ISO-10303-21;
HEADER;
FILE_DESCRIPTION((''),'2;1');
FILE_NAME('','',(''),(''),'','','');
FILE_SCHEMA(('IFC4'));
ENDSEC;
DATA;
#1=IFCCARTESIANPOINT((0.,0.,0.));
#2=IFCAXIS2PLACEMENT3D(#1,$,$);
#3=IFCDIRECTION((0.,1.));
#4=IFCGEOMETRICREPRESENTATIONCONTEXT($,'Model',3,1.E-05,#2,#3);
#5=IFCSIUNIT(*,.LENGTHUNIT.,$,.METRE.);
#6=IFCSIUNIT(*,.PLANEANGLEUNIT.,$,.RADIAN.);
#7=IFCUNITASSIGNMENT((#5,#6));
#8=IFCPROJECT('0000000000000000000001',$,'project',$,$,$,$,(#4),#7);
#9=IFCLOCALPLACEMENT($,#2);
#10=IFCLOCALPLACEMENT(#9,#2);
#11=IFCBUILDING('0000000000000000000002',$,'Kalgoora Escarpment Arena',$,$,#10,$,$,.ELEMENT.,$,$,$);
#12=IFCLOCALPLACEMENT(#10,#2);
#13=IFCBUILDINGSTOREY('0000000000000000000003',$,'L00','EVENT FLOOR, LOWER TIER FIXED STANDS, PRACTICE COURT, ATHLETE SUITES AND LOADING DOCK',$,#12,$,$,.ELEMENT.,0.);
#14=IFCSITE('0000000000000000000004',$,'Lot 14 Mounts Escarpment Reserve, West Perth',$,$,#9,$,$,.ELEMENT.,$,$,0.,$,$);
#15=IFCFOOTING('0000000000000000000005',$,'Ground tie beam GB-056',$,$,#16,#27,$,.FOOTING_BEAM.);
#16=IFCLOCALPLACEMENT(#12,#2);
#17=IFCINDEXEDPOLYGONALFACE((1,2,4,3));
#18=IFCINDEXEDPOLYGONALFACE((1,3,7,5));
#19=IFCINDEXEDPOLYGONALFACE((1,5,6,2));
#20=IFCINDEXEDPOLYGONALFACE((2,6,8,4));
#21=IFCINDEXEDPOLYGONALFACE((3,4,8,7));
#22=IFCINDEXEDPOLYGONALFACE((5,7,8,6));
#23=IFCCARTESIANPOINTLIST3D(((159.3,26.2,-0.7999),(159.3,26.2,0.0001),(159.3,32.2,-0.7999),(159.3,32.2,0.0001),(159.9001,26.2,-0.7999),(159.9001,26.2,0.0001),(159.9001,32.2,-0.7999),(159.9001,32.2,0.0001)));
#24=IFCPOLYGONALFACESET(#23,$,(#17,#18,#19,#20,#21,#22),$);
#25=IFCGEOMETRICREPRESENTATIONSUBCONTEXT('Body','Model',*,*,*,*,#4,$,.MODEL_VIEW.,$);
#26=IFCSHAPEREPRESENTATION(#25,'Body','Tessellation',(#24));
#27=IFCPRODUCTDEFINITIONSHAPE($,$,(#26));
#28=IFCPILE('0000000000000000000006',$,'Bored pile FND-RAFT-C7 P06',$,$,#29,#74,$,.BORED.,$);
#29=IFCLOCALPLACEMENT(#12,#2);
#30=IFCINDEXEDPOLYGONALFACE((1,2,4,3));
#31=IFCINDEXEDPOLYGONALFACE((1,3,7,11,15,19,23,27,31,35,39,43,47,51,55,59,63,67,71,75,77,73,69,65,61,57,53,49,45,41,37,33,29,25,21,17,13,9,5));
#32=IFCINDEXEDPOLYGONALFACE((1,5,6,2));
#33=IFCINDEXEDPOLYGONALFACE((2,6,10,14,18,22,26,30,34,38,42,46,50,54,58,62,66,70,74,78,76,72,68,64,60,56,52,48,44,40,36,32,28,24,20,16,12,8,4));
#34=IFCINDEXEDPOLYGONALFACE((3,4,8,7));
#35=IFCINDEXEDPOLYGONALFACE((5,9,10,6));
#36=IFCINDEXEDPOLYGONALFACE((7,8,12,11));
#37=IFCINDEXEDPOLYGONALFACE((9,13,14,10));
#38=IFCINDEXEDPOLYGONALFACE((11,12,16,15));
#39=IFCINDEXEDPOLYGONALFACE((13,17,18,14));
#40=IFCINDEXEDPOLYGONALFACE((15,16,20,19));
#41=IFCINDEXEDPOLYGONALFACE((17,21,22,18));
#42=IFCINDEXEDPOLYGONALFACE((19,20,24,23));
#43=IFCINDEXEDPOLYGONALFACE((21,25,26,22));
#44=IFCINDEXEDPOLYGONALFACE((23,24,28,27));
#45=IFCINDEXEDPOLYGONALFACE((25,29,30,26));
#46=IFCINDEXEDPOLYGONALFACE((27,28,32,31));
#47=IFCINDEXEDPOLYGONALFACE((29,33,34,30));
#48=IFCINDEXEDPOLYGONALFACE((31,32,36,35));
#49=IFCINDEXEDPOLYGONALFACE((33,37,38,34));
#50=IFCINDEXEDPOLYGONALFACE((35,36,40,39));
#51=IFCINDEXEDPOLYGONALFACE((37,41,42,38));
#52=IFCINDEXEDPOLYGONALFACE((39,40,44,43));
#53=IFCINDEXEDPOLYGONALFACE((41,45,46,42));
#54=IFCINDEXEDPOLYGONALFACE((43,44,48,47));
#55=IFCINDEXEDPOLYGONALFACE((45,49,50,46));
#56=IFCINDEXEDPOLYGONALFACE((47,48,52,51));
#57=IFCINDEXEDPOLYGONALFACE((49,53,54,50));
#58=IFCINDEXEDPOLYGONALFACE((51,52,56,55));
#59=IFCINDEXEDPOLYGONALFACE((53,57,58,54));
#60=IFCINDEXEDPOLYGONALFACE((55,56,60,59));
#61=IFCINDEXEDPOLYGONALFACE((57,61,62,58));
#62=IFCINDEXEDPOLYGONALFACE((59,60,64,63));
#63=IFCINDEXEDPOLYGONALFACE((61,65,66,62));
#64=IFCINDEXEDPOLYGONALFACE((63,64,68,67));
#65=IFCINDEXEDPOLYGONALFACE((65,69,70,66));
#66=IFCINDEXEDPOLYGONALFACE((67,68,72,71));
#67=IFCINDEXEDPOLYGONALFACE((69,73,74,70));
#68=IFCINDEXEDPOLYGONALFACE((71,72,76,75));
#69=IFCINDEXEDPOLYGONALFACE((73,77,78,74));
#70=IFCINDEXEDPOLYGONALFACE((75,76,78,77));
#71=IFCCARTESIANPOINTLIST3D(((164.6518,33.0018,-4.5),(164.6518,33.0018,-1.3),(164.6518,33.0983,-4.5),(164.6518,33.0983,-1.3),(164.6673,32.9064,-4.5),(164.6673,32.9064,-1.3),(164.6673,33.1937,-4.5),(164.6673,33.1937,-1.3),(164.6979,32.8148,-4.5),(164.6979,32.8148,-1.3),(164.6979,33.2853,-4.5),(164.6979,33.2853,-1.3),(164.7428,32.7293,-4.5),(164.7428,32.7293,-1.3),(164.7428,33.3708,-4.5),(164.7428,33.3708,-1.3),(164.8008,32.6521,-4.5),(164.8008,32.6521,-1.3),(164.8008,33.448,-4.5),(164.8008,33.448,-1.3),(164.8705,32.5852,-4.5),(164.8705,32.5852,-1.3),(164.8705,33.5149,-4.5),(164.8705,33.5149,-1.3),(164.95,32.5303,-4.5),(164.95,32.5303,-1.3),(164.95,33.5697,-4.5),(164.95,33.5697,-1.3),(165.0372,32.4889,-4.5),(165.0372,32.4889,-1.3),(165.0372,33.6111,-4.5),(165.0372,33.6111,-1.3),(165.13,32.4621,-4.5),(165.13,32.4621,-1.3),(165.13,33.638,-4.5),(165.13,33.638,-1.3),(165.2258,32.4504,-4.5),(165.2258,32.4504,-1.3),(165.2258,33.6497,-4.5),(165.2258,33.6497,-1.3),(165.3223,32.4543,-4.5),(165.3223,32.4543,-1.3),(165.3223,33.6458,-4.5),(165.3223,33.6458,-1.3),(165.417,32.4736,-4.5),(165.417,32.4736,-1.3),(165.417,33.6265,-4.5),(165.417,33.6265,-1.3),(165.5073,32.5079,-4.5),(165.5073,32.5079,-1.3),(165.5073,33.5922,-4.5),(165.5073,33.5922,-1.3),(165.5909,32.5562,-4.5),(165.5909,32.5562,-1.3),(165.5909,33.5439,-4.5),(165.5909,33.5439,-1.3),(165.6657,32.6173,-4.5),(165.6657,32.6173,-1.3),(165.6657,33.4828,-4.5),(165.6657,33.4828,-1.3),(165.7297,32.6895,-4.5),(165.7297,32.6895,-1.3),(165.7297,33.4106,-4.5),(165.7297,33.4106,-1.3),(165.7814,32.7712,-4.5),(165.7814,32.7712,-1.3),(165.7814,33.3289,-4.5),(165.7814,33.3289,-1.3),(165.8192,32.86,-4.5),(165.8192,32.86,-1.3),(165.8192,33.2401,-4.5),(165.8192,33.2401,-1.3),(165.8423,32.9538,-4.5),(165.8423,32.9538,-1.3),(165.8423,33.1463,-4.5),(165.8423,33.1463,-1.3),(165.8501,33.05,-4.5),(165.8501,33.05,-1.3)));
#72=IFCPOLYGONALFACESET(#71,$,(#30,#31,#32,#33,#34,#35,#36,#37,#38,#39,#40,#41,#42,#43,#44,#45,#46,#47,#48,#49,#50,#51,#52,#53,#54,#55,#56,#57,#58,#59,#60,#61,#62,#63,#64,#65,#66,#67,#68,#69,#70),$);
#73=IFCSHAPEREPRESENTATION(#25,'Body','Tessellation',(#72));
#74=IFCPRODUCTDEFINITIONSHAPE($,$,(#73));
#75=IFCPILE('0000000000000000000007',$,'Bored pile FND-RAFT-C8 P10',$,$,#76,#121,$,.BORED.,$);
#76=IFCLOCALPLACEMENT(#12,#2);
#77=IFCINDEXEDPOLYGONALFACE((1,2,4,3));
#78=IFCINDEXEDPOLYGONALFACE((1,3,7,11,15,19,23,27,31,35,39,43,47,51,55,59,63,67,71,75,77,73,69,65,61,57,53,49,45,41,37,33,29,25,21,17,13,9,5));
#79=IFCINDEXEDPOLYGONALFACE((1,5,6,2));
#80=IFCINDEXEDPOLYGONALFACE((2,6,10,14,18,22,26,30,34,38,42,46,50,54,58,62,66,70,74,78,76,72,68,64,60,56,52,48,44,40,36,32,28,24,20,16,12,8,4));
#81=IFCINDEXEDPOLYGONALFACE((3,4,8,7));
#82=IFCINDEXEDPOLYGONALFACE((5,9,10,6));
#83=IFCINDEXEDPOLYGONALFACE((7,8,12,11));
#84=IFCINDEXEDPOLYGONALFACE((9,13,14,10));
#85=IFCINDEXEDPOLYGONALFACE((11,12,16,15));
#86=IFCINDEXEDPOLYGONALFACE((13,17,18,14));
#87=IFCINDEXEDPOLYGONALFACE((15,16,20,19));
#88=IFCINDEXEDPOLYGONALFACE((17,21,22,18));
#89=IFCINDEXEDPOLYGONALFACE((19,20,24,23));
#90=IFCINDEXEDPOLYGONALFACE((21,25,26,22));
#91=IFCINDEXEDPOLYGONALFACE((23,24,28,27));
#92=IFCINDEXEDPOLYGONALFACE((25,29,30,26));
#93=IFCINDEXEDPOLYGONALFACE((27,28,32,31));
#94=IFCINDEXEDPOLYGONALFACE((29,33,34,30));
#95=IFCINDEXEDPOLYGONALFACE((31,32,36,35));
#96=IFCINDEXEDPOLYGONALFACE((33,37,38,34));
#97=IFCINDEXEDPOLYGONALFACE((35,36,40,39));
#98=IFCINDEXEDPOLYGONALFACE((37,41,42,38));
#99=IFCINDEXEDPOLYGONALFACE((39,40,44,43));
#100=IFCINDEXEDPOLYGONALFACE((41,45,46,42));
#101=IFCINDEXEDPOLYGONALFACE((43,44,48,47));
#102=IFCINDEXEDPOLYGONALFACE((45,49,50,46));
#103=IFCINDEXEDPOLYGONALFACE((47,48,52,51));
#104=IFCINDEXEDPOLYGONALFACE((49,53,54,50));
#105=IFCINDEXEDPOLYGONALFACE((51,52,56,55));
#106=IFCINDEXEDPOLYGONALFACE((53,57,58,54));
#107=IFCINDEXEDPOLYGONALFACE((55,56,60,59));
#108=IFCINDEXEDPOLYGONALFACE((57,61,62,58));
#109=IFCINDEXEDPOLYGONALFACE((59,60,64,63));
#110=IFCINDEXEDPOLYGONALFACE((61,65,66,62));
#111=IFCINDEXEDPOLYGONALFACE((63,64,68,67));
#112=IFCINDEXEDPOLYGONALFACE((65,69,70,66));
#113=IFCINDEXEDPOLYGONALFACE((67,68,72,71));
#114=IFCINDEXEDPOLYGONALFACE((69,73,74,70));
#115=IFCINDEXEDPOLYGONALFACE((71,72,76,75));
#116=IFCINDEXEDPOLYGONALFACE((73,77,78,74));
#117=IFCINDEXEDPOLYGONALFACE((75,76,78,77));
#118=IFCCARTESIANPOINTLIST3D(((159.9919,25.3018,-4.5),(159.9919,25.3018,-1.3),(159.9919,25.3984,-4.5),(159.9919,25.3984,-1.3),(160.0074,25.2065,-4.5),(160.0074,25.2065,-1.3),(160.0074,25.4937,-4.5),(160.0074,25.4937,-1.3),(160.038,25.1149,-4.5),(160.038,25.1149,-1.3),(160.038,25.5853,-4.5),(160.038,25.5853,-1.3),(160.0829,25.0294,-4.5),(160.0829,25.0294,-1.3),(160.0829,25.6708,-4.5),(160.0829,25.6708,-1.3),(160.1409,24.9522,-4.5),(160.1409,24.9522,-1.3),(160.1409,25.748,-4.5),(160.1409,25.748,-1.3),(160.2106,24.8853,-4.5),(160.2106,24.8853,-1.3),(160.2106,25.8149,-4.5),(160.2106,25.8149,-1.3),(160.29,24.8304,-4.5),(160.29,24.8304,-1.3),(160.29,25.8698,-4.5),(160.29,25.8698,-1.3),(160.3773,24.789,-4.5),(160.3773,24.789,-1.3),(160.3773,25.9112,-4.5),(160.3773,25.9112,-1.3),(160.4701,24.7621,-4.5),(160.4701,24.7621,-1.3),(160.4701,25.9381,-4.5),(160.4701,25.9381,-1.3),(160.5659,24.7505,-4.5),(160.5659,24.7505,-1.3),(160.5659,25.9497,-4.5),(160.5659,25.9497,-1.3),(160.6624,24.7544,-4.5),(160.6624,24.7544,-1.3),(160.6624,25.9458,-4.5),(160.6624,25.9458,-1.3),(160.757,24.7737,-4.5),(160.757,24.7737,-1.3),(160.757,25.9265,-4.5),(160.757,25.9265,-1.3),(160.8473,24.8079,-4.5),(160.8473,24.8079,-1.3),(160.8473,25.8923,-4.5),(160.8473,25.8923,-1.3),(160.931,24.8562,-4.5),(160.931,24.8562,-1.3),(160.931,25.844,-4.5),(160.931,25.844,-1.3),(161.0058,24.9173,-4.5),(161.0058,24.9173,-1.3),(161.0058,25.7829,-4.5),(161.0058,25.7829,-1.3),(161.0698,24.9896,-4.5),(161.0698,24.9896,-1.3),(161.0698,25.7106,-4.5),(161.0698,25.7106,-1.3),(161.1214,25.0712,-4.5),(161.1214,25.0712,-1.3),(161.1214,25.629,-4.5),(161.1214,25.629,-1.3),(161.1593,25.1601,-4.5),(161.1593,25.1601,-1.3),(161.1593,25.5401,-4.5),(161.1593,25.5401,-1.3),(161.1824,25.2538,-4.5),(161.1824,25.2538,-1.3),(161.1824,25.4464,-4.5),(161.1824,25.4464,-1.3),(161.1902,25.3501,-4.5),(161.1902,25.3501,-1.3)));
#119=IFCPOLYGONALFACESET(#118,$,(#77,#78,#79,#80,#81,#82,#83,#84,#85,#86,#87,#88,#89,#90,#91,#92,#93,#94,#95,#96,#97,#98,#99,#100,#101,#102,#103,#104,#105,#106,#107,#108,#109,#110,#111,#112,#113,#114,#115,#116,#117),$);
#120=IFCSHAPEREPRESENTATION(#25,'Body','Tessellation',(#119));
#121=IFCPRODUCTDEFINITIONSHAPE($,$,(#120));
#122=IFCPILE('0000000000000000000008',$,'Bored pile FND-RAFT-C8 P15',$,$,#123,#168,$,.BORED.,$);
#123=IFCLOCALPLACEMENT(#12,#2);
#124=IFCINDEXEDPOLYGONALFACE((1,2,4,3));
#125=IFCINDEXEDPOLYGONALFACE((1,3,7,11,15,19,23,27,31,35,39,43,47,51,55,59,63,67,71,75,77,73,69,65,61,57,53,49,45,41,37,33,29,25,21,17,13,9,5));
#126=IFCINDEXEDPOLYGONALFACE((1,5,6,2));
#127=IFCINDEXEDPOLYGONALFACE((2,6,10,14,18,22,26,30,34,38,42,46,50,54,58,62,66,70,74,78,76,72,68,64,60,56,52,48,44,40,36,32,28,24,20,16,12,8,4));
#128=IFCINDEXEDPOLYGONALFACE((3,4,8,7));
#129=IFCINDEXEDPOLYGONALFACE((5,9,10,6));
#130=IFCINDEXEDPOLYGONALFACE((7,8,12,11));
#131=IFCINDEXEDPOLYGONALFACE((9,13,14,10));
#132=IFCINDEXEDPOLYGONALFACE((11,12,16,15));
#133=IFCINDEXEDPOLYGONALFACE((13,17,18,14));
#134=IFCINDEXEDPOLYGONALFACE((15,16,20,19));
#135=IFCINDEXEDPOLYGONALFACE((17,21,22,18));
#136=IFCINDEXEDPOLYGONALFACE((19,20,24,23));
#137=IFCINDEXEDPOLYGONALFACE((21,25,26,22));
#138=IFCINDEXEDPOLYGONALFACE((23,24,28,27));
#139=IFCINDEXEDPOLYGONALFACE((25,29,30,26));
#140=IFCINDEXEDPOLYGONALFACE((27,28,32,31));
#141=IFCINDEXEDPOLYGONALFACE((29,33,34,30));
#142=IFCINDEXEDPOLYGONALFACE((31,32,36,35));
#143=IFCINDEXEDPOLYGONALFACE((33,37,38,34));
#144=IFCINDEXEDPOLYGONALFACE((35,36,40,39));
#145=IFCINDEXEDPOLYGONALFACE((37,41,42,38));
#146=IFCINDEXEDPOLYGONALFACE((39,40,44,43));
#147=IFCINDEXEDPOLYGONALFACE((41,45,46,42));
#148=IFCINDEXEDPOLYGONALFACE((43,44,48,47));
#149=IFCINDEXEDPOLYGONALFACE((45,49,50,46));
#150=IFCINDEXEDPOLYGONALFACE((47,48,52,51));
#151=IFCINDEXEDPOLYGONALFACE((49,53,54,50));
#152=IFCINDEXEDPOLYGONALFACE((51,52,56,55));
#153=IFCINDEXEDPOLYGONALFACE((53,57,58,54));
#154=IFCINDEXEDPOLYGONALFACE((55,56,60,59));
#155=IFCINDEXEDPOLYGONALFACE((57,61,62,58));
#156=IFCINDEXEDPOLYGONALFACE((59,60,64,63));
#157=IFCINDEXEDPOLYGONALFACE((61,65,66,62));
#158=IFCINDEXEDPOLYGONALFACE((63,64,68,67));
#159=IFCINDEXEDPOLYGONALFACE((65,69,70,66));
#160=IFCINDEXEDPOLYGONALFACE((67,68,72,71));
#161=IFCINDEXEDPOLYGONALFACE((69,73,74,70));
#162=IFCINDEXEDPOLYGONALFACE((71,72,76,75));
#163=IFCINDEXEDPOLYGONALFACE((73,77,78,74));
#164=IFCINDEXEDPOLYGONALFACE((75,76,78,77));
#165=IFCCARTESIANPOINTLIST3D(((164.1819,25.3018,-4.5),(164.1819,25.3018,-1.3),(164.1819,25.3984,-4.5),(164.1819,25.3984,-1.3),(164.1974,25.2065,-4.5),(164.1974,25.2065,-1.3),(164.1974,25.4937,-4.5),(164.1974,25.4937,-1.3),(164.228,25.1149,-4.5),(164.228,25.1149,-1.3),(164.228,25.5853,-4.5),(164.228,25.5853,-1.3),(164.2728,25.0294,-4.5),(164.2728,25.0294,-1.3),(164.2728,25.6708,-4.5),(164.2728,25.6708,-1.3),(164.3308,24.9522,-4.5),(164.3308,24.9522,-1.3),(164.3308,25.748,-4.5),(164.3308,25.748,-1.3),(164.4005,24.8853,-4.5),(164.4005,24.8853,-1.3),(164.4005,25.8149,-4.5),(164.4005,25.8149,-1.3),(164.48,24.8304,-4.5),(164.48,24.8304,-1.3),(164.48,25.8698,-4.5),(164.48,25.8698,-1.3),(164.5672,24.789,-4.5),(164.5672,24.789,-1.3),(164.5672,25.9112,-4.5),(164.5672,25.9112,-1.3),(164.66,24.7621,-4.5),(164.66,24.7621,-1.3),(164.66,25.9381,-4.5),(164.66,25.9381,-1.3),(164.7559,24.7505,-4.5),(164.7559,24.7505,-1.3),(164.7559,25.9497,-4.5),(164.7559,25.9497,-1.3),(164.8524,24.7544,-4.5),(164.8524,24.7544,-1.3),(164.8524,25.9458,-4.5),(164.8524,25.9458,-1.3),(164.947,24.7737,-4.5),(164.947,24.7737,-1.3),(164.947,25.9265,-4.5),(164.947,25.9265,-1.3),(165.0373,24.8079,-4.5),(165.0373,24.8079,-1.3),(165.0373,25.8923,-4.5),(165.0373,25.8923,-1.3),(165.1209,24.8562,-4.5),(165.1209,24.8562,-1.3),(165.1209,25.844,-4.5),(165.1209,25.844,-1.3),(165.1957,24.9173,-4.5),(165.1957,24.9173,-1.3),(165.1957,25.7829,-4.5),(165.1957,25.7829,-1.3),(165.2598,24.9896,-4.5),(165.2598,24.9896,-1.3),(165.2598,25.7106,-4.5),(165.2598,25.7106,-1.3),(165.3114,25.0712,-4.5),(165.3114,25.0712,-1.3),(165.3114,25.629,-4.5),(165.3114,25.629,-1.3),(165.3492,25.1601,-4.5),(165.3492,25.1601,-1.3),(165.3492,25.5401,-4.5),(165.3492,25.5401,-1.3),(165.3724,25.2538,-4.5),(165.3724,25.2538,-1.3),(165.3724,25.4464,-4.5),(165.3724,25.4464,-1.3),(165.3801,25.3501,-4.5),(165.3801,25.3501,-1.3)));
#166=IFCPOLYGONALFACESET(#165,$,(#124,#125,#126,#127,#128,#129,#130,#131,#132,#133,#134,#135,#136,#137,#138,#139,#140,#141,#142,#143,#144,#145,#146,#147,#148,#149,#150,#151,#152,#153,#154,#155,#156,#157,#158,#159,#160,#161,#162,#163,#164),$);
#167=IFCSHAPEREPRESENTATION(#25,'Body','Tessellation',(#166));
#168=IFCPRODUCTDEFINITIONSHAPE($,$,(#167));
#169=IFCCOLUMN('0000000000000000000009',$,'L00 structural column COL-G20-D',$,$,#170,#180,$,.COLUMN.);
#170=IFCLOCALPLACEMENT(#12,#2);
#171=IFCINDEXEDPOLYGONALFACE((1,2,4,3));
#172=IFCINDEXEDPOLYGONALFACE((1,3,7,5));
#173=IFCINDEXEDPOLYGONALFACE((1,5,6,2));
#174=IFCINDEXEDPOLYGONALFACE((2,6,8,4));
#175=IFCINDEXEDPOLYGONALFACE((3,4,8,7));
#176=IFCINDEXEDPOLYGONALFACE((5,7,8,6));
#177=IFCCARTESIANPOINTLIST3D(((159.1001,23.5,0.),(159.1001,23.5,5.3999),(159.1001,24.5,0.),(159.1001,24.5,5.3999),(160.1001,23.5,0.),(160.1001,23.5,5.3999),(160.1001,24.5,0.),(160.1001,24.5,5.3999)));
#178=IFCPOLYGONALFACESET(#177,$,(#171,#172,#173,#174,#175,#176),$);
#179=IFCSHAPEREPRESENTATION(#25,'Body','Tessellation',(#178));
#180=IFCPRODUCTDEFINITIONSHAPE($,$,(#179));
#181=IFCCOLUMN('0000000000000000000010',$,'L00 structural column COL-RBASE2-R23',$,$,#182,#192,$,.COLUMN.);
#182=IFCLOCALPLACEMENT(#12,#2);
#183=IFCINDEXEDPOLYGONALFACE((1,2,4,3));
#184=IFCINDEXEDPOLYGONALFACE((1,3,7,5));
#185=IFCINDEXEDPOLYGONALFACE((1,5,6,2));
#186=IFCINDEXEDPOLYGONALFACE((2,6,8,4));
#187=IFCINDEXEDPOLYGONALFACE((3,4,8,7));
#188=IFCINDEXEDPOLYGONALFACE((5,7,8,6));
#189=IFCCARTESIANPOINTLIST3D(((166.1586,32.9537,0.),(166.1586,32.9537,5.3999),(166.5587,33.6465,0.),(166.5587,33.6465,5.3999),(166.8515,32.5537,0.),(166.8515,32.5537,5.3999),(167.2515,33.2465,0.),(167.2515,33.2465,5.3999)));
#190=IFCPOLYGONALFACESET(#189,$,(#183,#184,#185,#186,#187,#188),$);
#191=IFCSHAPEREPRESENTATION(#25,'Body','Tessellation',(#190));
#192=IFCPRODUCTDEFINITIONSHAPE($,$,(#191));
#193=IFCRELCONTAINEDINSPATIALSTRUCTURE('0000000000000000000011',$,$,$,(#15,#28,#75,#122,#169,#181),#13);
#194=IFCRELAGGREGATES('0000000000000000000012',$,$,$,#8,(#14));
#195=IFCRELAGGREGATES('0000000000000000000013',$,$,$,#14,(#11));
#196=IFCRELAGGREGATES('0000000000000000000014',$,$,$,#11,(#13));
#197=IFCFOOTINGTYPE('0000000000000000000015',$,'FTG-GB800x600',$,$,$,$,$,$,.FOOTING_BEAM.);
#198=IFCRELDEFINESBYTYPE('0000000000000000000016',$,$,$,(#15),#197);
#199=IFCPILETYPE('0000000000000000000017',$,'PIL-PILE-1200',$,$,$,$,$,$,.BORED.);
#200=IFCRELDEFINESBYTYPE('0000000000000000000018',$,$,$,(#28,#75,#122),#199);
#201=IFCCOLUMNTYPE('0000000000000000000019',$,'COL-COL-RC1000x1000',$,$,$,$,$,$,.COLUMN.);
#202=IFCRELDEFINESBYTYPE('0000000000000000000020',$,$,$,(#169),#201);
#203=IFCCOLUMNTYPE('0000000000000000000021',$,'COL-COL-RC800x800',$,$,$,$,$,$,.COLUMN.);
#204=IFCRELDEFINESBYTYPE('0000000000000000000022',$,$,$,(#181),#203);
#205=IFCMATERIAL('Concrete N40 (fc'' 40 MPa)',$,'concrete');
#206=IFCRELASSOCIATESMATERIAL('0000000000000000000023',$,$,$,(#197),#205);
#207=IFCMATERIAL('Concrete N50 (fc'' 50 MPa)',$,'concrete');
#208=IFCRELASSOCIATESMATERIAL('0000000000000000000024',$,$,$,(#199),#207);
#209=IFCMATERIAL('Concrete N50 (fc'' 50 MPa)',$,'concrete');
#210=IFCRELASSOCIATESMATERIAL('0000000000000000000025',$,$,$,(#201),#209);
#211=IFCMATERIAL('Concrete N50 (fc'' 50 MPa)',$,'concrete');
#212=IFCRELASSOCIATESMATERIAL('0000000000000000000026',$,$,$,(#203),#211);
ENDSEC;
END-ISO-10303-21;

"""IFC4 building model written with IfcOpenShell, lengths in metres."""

from ifc_helpers import new_model, si_unit, direction, frame, origin, origin_2d, place, context, subcontext, project, spatial, rectangle, circle, extrude, material, material_profile, profile_set, type_object, element, save


model = new_model("IFC4")

# Units and contexts
model_context = context("Model", 3, precision=1e-05, world=origin(), true_north=direction((0.0, 1.0)))
body_context = subcontext(model_context, "Body", "Model", "MODEL_VIEW")
ifc_project = project(units=[si_unit("LENGTHUNIT", "METRE"), si_unit("PLANEANGLEUNIT", "RADIAN")], contexts=[model_context])

# Site, building, storey
site_placement = place(None, origin())
site = spatial("IfcSite", under=ifc_project, at=site_placement, Name="Lot 14 Mounts Escarpment Reserve, West Perth", CompositionType="ELEMENT", RefElevation=0.0)
building_placement = place(site_placement, origin())
building = spatial("IfcBuilding", under=site, at=building_placement, Name="Kalgoora Escarpment Arena", CompositionType="ELEMENT")
storey_placement = place(building_placement, origin())
storey = spatial("IfcBuildingStorey", under=building, at=storey_placement, Name="L00", Description="EVENT FLOOR, LOWER TIER FIXED STANDS, PRACTICE COURT, ATHLETE SUITES AND LOADING DOCK", CompositionType="ELEMENT", Elevation=0.0)

# Footing
ifc_material_1 = material(Name="Concrete N40 (fc' 40 MPa)", Category="concrete")
ifc_material_profile_1 = material_profile(ifc_material_1, rectangle(XDim=0.6001, YDim=0.8, at=origin_2d()))
ifc_profile_set_1 = profile_set([ifc_material_profile_1], Name="Concrete N40 (fc' 40 MPa)")
footing_type = type_object("IfcFootingType", Name="FTG-GB800x600", PredefinedType="FOOTING_BEAM", material=ifc_profile_set_1)
footing_placement = place(storey_placement, frame((159.6001, 26.2, -0.3999), z_axis=(0.0, 1.0, 0.0), x_axis=(-1.0, 0.0, 0.0)))
element("IfcFooting", 1, at=footing_placement, inside=storey, type_object=footing_type, Name="Ground tie beam GB-056", PredefinedType="FOOTING_BEAM", context=body_context, shape_type="SweptSolid", body=[
    extrude(rectangle(XDim=0.6001, YDim=0.8, at=origin_2d()), origin(), (0.0, 0.0, 1.0), 6.0),
])

# Piles
ifc_material_2 = material(Name="Concrete N50 (fc' 50 MPa)", Category="concrete")
ifc_material_profile_2 = material_profile(ifc_material_2, circle(Radius=0.6001, at=origin_2d()))
ifc_profile_set_2 = profile_set([ifc_material_profile_2], Name="Concrete N50 (fc' 50 MPa)")
pile_type = type_object("IfcPileType", Name="PIL-PILE-1200", PredefinedType="BORED", material=ifc_profile_set_2)
for number, where, z_axis, x_axis, name in (
    (2, (165.25, 33.05, -1.3), (0.0, 0.0, -1.0), (1.0, 0.0, 0.0), "Bored pile FND-RAFT-C7 P06"),
    (3, (160.5901, 25.3501, -1.3), (0.0, 0.0, -1.0), (1.0, 0.0, 0.0), "Bored pile FND-RAFT-C8 P10"),
    (4, (164.78, 25.3501, -1.3), (0.0, 0.0, -1.0), (1.0, 0.0, 0.0), "Bored pile FND-RAFT-C8 P15"),
):
    element("IfcPile", number, at=place(storey_placement, frame(where, z_axis=z_axis, x_axis=x_axis)), inside=storey, type_object=pile_type, Name=name, PredefinedType="BORED", context=body_context, shape_type="SweptSolid", body=[
        extrude(circle(Radius=0.6001, at=origin_2d()), origin(), (0.0, 0.0, 1.0), 3.2),
    ])

# Columns
ifc_material_3 = material(Name="Concrete N50 (fc' 50 MPa)", Category="concrete")
ifc_material_profile_3 = material_profile(ifc_material_3, rectangle(XDim=1.0, YDim=1.0, at=origin_2d()))
ifc_profile_set_3 = profile_set([ifc_material_profile_3], Name="Concrete N50 (fc' 50 MPa)")
column_type_1 = type_object("IfcColumnType", Name="COL-COL-RC1000x1000", PredefinedType="COLUMN", material=ifc_profile_set_3)
column_1_placement = place(storey_placement, frame((159.6001, 24.0, 0.0), z_axis=(0.0, 0.0, 1.0), x_axis=(1.0, 0.0, 0.0)))
element("IfcColumn", 5, at=column_1_placement, inside=storey, type_object=column_type_1, Name="L00 structural column COL-G20-D", PredefinedType="COLUMN", context=body_context, shape_type="SweptSolid", body=[
    extrude(rectangle(XDim=1.0, YDim=1.0, at=origin_2d()), origin(), (0.0, 0.0, 1.0), 5.3999),
])
ifc_material_4 = material(Name="Concrete N50 (fc' 50 MPa)", Category="concrete")
ifc_material_profile_4 = material_profile(ifc_material_4, rectangle(XDim=0.8, YDim=0.8, at=origin_2d()))
ifc_profile_set_4 = profile_set([ifc_material_profile_4], Name="Concrete N50 (fc' 50 MPa)")
column_type_2 = type_object("IfcColumnType", Name="COL-COL-RC800x800", PredefinedType="COLUMN", material=ifc_profile_set_4)
column_2_placement = place(storey_placement, frame((166.7051, 33.1001, 0.0), z_axis=(0.0, 0.0, 1.0), x_axis=(0.866025, -0.5, 0.0)))
element("IfcColumn", 6, at=column_2_placement, inside=storey, type_object=column_type_2, Name="L00 structural column COL-RBASE2-R23", PredefinedType="COLUMN", context=body_context, shape_type="SweptSolid", body=[
    extrude(rectangle(XDim=0.8, YDim=0.8, at=origin_2d()), origin(), (0.0, 0.0, 1.0), 5.3999),
])

save(model, "model.ifc")
